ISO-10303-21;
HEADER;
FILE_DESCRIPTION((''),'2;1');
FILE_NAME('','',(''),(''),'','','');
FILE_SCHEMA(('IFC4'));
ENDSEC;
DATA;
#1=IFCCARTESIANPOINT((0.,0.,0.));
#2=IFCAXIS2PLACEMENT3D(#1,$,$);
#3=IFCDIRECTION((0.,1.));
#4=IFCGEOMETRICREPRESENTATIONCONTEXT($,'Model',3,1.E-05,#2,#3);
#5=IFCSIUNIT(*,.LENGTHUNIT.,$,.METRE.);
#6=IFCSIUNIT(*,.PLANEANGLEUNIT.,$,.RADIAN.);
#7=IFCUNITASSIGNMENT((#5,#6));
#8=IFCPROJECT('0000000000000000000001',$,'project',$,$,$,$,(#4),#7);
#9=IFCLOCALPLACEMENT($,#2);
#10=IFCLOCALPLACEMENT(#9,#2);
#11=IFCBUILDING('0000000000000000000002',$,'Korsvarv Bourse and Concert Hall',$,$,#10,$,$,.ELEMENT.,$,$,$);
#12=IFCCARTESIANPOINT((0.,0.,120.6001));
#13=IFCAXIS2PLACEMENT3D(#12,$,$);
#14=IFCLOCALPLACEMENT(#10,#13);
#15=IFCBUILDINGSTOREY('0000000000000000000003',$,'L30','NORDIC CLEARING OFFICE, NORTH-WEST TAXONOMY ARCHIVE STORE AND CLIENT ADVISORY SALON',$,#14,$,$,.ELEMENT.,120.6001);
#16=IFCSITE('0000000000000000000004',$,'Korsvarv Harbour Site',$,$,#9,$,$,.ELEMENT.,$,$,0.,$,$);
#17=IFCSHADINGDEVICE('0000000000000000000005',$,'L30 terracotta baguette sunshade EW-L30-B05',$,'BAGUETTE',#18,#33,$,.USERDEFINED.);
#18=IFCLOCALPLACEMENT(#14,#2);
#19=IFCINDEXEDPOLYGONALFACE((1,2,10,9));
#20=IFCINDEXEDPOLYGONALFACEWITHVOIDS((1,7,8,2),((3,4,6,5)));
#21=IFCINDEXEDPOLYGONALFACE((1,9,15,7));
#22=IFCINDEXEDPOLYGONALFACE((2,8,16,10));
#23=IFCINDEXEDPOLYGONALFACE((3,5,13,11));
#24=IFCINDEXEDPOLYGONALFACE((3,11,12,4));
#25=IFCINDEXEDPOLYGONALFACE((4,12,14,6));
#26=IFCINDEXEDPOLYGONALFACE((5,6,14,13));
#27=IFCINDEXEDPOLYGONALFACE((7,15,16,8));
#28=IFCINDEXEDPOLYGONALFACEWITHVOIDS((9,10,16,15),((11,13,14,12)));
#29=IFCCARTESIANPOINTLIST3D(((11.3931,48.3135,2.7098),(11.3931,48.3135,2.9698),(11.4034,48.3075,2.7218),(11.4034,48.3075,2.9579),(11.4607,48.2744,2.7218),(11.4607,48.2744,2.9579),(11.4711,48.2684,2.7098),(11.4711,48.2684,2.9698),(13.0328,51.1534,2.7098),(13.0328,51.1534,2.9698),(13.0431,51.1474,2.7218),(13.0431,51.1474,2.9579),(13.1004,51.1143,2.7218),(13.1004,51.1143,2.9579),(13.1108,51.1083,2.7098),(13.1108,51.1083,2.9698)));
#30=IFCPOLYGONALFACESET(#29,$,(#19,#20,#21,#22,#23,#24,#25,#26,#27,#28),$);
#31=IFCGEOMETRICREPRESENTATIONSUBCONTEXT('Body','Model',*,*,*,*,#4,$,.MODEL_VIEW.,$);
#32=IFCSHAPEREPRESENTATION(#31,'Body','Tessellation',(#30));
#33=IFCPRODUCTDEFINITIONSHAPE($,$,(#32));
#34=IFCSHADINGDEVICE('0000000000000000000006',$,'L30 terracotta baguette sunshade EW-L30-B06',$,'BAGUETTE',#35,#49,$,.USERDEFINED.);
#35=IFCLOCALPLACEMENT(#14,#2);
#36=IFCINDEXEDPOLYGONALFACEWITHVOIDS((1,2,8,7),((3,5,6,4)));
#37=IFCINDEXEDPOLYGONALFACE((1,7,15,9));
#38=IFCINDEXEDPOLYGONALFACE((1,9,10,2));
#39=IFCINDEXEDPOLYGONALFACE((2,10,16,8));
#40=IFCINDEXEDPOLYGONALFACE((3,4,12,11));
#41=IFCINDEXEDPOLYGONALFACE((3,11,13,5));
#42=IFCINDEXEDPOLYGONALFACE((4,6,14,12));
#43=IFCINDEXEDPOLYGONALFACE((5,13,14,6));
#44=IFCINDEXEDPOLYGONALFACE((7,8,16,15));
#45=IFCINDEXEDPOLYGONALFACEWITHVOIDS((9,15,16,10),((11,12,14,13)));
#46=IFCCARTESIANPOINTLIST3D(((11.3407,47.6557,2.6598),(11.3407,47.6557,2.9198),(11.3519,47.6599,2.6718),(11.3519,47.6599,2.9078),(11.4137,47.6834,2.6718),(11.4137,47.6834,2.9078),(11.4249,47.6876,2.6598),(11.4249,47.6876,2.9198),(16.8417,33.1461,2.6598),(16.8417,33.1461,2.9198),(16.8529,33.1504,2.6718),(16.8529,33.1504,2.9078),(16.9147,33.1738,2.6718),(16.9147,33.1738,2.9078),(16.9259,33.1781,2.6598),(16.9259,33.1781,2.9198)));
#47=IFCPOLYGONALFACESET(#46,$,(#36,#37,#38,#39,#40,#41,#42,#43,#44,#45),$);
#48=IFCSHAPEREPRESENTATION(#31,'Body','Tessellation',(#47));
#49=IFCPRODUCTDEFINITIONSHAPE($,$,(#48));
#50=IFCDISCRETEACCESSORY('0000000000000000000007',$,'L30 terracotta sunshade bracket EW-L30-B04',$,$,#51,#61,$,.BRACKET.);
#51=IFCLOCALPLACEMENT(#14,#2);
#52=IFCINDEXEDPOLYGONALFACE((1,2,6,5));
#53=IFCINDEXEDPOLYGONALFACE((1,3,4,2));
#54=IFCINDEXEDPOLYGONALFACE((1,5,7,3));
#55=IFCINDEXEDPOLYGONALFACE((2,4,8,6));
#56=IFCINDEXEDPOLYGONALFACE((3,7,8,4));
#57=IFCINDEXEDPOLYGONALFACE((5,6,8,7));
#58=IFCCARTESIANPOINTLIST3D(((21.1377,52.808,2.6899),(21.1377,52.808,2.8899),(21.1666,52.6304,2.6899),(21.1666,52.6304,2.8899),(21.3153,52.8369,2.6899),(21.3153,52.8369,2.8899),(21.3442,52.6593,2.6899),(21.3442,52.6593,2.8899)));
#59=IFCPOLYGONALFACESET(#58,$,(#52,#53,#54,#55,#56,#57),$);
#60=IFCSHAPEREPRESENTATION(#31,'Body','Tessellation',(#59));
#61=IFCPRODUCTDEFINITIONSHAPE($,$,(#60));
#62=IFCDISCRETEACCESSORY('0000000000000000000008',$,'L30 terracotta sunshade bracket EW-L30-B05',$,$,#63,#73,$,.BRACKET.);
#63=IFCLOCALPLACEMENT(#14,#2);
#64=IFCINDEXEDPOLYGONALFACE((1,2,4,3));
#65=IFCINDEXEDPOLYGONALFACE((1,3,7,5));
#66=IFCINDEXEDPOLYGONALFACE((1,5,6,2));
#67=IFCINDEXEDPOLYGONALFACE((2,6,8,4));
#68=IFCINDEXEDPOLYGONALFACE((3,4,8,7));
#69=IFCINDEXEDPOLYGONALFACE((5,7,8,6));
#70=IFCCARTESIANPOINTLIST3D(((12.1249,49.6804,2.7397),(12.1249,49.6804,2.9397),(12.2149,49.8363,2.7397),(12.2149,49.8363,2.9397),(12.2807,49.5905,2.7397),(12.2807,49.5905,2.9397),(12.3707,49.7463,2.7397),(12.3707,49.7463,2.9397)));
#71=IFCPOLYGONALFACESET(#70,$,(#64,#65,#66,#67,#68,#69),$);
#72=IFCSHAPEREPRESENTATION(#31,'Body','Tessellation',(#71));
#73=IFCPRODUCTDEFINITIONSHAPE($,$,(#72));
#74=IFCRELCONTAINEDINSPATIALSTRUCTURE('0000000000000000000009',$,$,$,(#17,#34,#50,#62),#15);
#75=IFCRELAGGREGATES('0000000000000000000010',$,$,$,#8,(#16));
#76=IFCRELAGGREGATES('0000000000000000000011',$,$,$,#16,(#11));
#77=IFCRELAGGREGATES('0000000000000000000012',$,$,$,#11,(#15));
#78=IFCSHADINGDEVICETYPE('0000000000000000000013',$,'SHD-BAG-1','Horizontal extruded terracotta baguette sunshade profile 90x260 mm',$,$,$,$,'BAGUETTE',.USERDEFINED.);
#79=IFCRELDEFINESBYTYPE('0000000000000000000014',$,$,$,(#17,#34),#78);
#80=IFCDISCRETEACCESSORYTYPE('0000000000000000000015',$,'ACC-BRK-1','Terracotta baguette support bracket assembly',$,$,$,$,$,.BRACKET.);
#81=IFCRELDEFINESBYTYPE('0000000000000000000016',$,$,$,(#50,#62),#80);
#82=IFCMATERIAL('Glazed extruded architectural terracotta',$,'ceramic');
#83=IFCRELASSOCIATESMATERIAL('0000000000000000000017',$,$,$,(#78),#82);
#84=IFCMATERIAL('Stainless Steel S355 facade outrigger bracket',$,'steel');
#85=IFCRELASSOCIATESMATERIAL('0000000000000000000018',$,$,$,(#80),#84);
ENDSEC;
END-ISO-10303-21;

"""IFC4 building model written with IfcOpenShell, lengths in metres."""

from ifc_helpers import new_model, si_unit, direction, frame, origin, origin_2d, place, context, subcontext, project, spatial, rectangle, hollow_rectangle, extrude, source, transform, mapped, material, material_profile, profile_set, type_object, element, save


model = new_model("IFC4")

# Units and contexts
model_context = context("Model", 3, precision=1e-05, world=origin(), true_north=direction((0.0, 1.0)))
body_context = subcontext(model_context, "Body", "Model", "MODEL_VIEW")
ifc_project = project(units=[si_unit("LENGTHUNIT", "METRE"), si_unit("PLANEANGLEUNIT", "RADIAN")], contexts=[model_context])

# Site, building, storey
site_placement = place(None, origin())
site = spatial("IfcSite", under=ifc_project, at=site_placement, Name="Korsvarv Harbour Site", CompositionType="ELEMENT", RefElevation=0.0)
building_placement = place(site_placement, origin())
building = spatial("IfcBuilding", under=site, at=building_placement, Name="Korsvarv Bourse and Concert Hall", CompositionType="ELEMENT")
storey_placement = place(building_placement, frame((0.0, 0.0, 120.6001)))
storey = spatial("IfcBuildingStorey", under=building, at=storey_placement, Name="L30", Description="NORDIC CLEARING OFFICE, NORTH-WEST TAXONOMY ARCHIVE STORE AND CLIENT ADVISORY SALON", CompositionType="ELEMENT", Elevation=120.6001)

# Shading devices
ifc_material_1 = material(Name="Glazed extruded architectural terracotta", Category="ceramic")
ifc_material_profile_1 = material_profile(ifc_material_1, hollow_rectangle(XDim=0.0901, YDim=0.26, WallThickness=0.012, at=origin_2d()), Name="TC-BAG 90x260")
ifc_profile_set_1 = profile_set([ifc_material_profile_1], Name="Glazed extruded architectural terracotta")
shading_device_type = type_object("IfcShadingDeviceType", Name="SHD-BAG-1", Description="Horizontal extruded terracotta baguette sunshade profile 90x260 mm", ElementType="BAGUETTE", PredefinedType="USERDEFINED", material=ifc_profile_set_1)
shared_shape_1 = source(origin(), body_context, "Body", "SweptSolid", [
    extrude(hollow_rectangle(XDim=0.0901, YDim=0.26, WallThickness=0.012, at=origin_2d()), origin(), (0.0, 0.0, 1.0), 3.2793),
])
shading_device_1_placement = place(storey_placement, frame((13.0718, 51.1309, 2.8398), z_axis=(-0.500015, -0.866017, 0.0), x_axis=(0.866017, -0.500015, 0.0)))
element("IfcShadingDevice", 1, at=shading_device_1_placement, inside=storey, type_object=shading_device_type, Name="L30 terracotta baguette sunshade EW-L30-B05", ObjectType="BAGUETTE", PredefinedType="USERDEFINED", context=body_context, shape_type="MappedRepresentation", body=[
    mapped(shared_shape_1, transform((0.0, 0.0, 0.0), scale=1.0)),
])
shared_shape_2 = source(origin(), body_context, "Body", "SweptSolid", [
    extrude(hollow_rectangle(XDim=0.0901, YDim=0.26, WallThickness=0.012, at=origin_2d()), origin(), (0.0, 0.0, 1.0), 15.5173),
])
shading_device_2_placement = place(storey_placement, frame((11.3828, 47.6716, 2.7898), z_axis=(0.354506, -0.935054, 0.0), x_axis=(0.935054, 0.354506, 0.0)))
element("IfcShadingDevice", 2, at=shading_device_2_placement, inside=storey, type_object=shading_device_type, Name="L30 terracotta baguette sunshade EW-L30-B06", ObjectType="BAGUETTE", PredefinedType="USERDEFINED", context=body_context, shape_type="MappedRepresentation", body=[
    mapped(shared_shape_2, transform((0.0, 0.0, 0.0), scale=1.0)),
])

# Discrete accessories
ifc_material_2 = material(Name="Stainless Steel S355 facade outrigger bracket", Category="steel")
discrete_accessory_type = type_object("IfcDiscreteAccessoryType", Name="ACC-BRK-1", Description="Terracotta baguette support bracket assembly", PredefinedType="BRACKET", material=ifc_material_2)
shared_shape_3 = source(origin(), body_context, "Body", "SweptSolid", [
    extrude(rectangle(XDim=0.1799, YDim=0.1799, at=origin_2d()), origin(), (0.0, 0.0, 1.0), 0.2),
])
for number, where, z_axis, x_axis, name in (
    (3, (21.241, 52.7336, 2.6899), (0.0, 0.0, 1.0), (-0.987024, -0.16057, 0.0), "L30 terracotta sunshade bracket EW-L30-B04"),
    (4, (12.2478, 49.7134, 2.7397), (0.0, 0.0, 1.0), (-0.5, -0.866025, 0.0), "L30 terracotta sunshade bracket EW-L30-B05"),
):
    element("IfcDiscreteAccessory", number, at=place(storey_placement, frame(where, z_axis=z_axis, x_axis=x_axis)), inside=storey, type_object=discrete_accessory_type, Name=name, PredefinedType="BRACKET", context=body_context, shape_type="MappedRepresentation", body=[
        mapped(shared_shape_3, transform((0.0, 0.0, 0.0), scale=1.0)),
    ])

save(model, "model.ifc")
